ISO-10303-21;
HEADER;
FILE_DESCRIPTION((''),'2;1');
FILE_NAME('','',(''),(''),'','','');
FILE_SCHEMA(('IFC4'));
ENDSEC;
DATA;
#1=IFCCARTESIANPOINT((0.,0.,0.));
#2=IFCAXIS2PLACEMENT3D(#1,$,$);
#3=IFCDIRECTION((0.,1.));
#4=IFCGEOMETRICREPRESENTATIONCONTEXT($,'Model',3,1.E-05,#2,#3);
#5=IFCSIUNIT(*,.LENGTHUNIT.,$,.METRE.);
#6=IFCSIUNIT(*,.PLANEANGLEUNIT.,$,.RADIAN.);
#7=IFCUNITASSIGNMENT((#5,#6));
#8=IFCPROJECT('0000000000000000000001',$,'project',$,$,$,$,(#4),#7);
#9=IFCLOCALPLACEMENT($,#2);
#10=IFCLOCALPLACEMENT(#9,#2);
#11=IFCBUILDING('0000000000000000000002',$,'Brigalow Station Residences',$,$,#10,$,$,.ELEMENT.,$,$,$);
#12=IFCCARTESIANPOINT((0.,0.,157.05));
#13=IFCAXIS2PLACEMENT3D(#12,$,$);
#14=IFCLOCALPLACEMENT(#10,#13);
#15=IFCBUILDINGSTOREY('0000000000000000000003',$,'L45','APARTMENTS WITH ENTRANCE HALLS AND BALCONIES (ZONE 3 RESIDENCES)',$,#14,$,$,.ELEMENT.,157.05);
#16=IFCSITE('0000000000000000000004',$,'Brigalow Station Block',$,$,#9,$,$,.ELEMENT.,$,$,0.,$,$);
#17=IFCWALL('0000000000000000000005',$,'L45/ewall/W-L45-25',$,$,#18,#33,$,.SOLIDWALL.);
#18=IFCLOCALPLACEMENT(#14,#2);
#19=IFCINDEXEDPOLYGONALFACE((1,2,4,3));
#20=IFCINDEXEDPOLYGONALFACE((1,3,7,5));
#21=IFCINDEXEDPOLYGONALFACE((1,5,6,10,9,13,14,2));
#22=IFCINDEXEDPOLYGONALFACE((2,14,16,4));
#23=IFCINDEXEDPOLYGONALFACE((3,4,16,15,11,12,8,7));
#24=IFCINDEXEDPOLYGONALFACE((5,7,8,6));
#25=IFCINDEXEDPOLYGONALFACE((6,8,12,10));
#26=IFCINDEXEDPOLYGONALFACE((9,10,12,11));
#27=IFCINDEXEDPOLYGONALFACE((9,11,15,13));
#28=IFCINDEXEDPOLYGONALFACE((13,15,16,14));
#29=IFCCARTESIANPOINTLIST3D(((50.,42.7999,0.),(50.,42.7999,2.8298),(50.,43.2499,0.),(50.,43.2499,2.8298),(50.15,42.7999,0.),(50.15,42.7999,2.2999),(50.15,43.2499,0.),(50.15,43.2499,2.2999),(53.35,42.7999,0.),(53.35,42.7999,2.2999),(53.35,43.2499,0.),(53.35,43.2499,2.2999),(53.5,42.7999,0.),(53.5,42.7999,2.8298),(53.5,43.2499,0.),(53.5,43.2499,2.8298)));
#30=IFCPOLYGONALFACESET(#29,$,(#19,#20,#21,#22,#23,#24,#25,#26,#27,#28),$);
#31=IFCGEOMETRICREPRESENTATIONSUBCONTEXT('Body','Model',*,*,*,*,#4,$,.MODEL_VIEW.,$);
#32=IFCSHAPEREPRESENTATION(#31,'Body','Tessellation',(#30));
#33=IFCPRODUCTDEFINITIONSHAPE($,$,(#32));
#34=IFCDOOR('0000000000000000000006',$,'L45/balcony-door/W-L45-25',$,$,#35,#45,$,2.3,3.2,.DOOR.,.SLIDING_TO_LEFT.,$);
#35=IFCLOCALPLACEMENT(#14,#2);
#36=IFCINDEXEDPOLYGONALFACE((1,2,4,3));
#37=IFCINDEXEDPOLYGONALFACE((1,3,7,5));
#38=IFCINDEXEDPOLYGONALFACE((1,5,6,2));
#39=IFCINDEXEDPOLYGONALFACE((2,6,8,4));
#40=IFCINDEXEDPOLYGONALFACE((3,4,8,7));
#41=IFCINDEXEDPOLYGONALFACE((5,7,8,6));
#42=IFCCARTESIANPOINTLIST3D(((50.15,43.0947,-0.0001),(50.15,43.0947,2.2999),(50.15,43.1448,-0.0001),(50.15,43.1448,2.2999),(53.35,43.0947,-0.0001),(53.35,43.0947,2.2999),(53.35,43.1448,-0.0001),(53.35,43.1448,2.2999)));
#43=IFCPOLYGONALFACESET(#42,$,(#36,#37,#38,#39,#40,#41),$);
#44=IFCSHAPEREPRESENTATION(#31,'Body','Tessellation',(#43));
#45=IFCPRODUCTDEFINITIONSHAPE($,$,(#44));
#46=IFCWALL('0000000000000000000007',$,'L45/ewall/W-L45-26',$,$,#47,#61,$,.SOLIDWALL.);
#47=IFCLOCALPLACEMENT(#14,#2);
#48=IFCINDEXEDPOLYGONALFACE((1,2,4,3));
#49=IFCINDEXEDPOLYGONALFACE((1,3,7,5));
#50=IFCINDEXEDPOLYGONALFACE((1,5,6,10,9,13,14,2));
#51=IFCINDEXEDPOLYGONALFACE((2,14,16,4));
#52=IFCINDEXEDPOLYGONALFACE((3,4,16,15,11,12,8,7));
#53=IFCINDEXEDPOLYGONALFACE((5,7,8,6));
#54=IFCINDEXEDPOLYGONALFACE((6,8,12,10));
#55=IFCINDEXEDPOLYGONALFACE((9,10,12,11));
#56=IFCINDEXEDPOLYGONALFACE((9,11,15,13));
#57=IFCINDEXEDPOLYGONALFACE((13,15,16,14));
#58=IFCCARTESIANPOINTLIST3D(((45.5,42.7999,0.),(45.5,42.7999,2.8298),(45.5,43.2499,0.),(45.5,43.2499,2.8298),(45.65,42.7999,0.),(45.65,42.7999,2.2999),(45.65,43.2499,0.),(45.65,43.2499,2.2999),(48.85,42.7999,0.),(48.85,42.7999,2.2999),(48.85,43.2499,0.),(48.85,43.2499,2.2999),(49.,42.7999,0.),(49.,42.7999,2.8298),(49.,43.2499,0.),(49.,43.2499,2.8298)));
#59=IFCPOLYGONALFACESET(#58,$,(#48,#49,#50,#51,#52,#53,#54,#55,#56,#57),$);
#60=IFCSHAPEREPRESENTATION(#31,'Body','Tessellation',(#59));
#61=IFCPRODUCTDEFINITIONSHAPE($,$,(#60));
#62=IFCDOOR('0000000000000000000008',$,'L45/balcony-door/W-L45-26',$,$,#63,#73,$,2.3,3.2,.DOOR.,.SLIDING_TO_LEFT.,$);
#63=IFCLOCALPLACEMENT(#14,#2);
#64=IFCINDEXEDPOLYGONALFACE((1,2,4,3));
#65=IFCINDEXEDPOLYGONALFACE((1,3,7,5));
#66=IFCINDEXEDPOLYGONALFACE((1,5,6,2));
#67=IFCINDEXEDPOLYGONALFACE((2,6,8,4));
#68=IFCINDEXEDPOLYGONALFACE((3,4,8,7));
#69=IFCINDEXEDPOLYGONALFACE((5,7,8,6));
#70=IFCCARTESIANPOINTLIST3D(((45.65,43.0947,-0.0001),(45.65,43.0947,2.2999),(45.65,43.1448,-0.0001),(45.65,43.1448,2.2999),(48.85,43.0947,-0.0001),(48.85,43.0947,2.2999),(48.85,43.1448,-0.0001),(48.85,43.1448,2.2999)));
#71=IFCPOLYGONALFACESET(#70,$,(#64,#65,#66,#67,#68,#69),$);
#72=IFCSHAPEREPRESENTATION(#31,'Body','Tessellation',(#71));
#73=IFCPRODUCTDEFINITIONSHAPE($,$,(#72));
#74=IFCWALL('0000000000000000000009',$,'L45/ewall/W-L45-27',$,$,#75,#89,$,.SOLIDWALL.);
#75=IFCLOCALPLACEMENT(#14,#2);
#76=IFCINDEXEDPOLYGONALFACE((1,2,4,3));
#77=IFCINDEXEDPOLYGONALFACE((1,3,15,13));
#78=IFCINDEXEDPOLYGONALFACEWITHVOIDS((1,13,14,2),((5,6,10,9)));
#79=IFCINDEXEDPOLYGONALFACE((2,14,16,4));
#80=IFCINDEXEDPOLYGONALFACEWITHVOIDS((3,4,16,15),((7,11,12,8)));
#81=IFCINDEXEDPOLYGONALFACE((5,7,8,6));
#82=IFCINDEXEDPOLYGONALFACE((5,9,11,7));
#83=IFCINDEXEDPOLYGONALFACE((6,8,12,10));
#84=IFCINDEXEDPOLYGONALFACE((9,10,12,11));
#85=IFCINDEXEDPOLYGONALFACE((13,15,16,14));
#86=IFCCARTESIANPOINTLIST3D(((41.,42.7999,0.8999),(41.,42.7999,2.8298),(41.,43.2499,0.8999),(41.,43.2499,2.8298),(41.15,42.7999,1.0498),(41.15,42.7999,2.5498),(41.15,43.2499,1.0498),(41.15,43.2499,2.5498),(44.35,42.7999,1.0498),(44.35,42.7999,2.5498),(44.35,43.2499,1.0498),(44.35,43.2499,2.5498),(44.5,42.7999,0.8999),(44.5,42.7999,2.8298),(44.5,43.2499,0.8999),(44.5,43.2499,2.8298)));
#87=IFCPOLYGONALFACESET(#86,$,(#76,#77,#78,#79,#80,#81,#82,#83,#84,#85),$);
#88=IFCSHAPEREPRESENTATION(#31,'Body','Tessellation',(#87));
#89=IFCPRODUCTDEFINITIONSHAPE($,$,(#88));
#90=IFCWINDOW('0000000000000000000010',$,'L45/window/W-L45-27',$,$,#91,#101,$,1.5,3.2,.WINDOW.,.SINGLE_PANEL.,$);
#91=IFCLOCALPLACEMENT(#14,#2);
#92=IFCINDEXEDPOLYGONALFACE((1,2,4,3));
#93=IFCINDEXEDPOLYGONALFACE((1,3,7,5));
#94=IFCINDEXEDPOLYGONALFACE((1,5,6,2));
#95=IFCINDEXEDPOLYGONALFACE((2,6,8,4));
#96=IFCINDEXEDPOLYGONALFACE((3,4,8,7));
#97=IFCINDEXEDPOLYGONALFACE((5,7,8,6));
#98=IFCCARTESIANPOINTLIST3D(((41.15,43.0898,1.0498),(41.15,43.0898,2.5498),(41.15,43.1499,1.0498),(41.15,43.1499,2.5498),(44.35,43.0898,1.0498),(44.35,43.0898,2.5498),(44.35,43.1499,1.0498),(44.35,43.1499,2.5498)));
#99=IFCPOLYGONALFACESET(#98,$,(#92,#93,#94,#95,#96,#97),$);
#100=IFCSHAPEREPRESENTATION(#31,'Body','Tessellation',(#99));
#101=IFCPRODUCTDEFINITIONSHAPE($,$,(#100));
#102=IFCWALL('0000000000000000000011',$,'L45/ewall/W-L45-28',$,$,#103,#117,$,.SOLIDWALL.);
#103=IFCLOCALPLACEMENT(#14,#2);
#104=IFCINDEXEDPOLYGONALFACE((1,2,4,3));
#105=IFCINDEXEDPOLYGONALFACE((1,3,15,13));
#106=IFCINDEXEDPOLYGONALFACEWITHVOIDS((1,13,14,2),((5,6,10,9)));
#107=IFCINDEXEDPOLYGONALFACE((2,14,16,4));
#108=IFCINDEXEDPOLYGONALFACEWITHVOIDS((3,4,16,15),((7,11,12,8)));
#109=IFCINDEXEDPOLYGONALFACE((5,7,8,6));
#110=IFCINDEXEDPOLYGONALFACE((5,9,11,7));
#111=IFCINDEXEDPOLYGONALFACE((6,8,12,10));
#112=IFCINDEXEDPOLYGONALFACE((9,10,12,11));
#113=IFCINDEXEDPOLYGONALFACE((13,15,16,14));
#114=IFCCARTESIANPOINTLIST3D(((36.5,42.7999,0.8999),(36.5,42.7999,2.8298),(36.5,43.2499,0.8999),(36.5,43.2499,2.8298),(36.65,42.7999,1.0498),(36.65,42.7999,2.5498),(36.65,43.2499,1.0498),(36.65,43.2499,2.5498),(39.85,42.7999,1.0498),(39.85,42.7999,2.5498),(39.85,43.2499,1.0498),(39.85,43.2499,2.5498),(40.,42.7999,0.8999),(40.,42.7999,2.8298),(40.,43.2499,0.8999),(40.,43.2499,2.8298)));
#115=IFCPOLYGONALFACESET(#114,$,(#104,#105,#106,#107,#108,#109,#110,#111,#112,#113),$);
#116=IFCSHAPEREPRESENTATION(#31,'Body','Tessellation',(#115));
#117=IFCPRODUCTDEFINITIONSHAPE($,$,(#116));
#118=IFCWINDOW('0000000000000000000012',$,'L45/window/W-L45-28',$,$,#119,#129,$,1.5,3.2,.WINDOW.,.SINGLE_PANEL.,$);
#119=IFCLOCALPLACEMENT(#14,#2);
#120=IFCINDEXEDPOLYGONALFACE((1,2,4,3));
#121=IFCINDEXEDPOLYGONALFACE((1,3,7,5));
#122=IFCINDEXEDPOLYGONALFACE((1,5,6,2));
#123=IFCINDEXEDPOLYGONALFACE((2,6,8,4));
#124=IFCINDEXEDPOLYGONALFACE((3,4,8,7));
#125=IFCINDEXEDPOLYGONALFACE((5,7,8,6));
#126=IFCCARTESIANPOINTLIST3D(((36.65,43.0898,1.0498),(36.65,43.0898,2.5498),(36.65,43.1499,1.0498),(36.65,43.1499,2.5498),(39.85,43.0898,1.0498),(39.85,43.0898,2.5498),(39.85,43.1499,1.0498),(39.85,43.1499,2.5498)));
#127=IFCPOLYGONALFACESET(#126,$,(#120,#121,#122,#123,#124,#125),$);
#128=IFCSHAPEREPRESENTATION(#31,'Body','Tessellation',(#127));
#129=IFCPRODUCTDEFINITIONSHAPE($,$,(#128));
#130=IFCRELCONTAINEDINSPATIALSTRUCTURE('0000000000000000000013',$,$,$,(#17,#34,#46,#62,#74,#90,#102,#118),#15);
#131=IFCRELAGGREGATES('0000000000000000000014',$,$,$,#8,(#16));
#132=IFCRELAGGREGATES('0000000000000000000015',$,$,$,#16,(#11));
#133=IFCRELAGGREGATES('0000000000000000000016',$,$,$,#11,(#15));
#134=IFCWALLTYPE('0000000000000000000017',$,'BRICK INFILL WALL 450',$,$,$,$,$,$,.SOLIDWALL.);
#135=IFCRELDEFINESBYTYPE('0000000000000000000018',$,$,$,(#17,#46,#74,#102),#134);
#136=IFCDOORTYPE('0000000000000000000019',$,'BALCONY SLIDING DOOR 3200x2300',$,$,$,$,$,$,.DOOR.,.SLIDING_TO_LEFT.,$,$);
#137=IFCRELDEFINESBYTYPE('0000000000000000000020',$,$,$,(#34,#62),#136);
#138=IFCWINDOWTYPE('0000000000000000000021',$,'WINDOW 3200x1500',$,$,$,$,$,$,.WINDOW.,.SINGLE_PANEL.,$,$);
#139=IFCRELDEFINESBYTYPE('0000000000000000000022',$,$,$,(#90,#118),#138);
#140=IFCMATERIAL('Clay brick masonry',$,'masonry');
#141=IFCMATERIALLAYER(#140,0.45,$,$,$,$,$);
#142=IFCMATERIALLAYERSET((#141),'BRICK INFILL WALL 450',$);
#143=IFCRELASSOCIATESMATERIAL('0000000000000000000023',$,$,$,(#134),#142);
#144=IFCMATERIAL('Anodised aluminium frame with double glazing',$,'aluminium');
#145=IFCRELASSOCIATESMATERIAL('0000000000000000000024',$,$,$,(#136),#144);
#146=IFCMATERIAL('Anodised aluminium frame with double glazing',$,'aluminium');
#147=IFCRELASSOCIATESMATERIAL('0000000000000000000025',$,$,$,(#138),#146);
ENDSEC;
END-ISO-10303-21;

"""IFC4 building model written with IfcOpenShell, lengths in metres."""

from ifc_helpers import new_model, si_unit, direction, frame, frame_2d, origin, place, context, subcontext, project, spatial, rectangle, extrude, material, layer, layer_set, type_object, element, fill, save


model = new_model("IFC4")

# Units and contexts
model_context = context("Model", 3, precision=1e-05, world=origin(), true_north=direction((0.0, 1.0)))
body_context = subcontext(model_context, "Body", "Model", "MODEL_VIEW")
ifc_project = project(units=[si_unit("LENGTHUNIT", "METRE"), si_unit("PLANEANGLEUNIT", "RADIAN")], contexts=[model_context])

# Site, building, storey
site_placement = place(None, origin())
site = spatial("IfcSite", under=ifc_project, at=site_placement, Name="Brigalow Station Block", CompositionType="ELEMENT", RefElevation=0.0)
building_placement = place(site_placement, origin())
building = spatial("IfcBuilding", under=site, at=building_placement, Name="Brigalow Station Residences", CompositionType="ELEMENT")
storey_placement = place(building_placement, frame((0.0, 0.0, 157.05)))
storey = spatial("IfcBuildingStorey", under=building, at=storey_placement, Name="L45", Description="APARTMENTS WITH ENTRANCE HALLS AND BALCONIES (ZONE 3 RESIDENCES)", CompositionType="ELEMENT", Elevation=157.05)

# Walls, openings, doors
ifc_material_1 = material(Name="Clay brick masonry", Category="masonry")
ifc_layer_1 = layer(ifc_material_1, 0.45)
ifc_layer_set_1 = layer_set([ifc_layer_1], Name="BRICK INFILL WALL 450")
wall_type_1 = type_object("IfcWallType", Name="BRICK INFILL WALL 450", PredefinedType="SOLIDWALL", material=ifc_layer_set_1)
wall_1_placement = place(storey_placement, frame((53.5, 43.0249, 0.0), z_axis=(0.0, 0.0, 1.0), x_axis=(-1.0, 0.0, 0.0)))
wall_1 = element("IfcWall", 1, at=wall_1_placement, inside=storey, type_object=wall_type_1, Name="L45/ewall/W-L45-25", PredefinedType="SOLIDWALL", context=body_context, shape_type="SweptSolid", body=[
    extrude(rectangle(XDim=3.5, YDim=0.45, at=frame_2d((1.75, 0.0))), origin(), (0.0, 0.0, 1.0), 2.8298),
])
opening_1_placement = place(wall_1_placement, frame((0.1499, 0.0, 0.0)))
opening_1 = element("IfcOpeningElement", 2, at=opening_1_placement, cuts=wall_1, PredefinedType="OPENING", context=body_context, shape_type="SweptSolid", body=[
    extrude(rectangle(XDim=3.2, YDim=2.3, at=frame_2d((1.6001, 1.1499))), frame((0.0, 0.2349, 0.0), z_axis=(0.0, -1.0, 0.0), x_axis=(1.0, 0.0, 0.0)), (0.0, 0.0, 1.0), 0.47),
])
ifc_material_2 = material(Name="Anodised aluminium frame with double glazing", Category="aluminium")
door_type_1 = type_object("IfcDoorType", Name="BALCONY SLIDING DOOR 3200x2300", OperationType="SLIDING_TO_LEFT", PredefinedType="DOOR", material=ifc_material_2)
door_1_placement = place(opening_1_placement, origin())
door_1 = element("IfcDoor", 3, at=door_1_placement, inside=storey, type_object=door_type_1, Name="L45/balcony-door/W-L45-25", OperationType="SLIDING_TO_LEFT", OverallHeight=2.3, OverallWidth=3.2, PredefinedType="DOOR", context=body_context, shape_type="SweptSolid", body=[
    extrude(rectangle(XDim=3.2, YDim=2.3, at=frame_2d((1.6001, 1.1499))), frame((0.0, -0.0698, 0.0), z_axis=(0.0, -1.0, 0.0), x_axis=(1.0, 0.0, 0.0)), (0.0, 0.0, 1.0), 0.05),
])
fill(opening_1, door_1)
wall_2_placement = place(storey_placement, frame((49.0, 43.0249, 0.0), z_axis=(0.0, 0.0, 1.0), x_axis=(-1.0, 0.0, 0.0)))
wall_2 = element("IfcWall", 4, at=wall_2_placement, inside=storey, type_object=wall_type_1, Name="L45/ewall/W-L45-26", PredefinedType="SOLIDWALL", context=body_context, shape_type="SweptSolid", body=[
    extrude(rectangle(XDim=3.5, YDim=0.45, at=frame_2d((1.75, 0.0))), origin(), (0.0, 0.0, 1.0), 2.8298),
])
opening_2_placement = place(wall_2_placement, frame((0.1499, 0.0, 0.0)))
opening_2 = element("IfcOpeningElement", 5, at=opening_2_placement, cuts=wall_2, PredefinedType="OPENING", context=body_context, shape_type="SweptSolid", body=[
    extrude(rectangle(XDim=3.2, YDim=2.3, at=frame_2d((1.6001, 1.1499))), frame((0.0, 0.2349, 0.0), z_axis=(0.0, -1.0, 0.0), x_axis=(1.0, 0.0, 0.0)), (0.0, 0.0, 1.0), 0.47),
])
door_2_placement = place(opening_2_placement, origin())
door_2 = element("IfcDoor", 6, at=door_2_placement, inside=storey, type_object=door_type_1, Name="L45/balcony-door/W-L45-26", OperationType="SLIDING_TO_LEFT", OverallHeight=2.3, OverallWidth=3.2, PredefinedType="DOOR", context=body_context, shape_type="SweptSolid", body=[
    extrude(rectangle(XDim=3.2, YDim=2.3, at=frame_2d((1.6001, 1.1499))), frame((0.0, -0.0698, 0.0), z_axis=(0.0, -1.0, 0.0), x_axis=(1.0, 0.0, 0.0)), (0.0, 0.0, 1.0), 0.05),
])
fill(opening_2, door_2)

# Walls, openings, windows
wall_3_placement = place(storey_placement, frame((44.5, 43.0249, 0.8999), z_axis=(0.0, 0.0, 1.0), x_axis=(-1.0, 0.0, 0.0)))
wall_3 = element("IfcWall", 7, at=wall_3_placement, inside=storey, type_object=wall_type_1, Name="L45/ewall/W-L45-27", PredefinedType="SOLIDWALL", context=body_context, shape_type="SweptSolid", body=[
    extrude(rectangle(XDim=3.5, YDim=0.45, at=frame_2d((1.75, 0.0))), origin(), (0.0, 0.0, 1.0), 1.9299),
])
opening_3_placement = place(wall_3_placement, frame((0.1499, 0.0, 0.1499)))
opening_3 = element("IfcOpeningElement", 8, at=opening_3_placement, cuts=wall_3, PredefinedType="OPENING", context=body_context, shape_type="SweptSolid", body=[
    extrude(rectangle(XDim=3.2, YDim=1.5, at=frame_2d((1.6001, 0.75))), frame((0.0, 0.2349, 0.0), z_axis=(0.0, -1.0, 0.0), x_axis=(1.0, 0.0, 0.0)), (0.0, 0.0, 1.0), 0.47),
])
ifc_material_3 = material(Name="Anodised aluminium frame with double glazing", Category="aluminium")
window_type = type_object("IfcWindowType", Name="WINDOW 3200x1500", PartitioningType="SINGLE_PANEL", PredefinedType="WINDOW", material=ifc_material_3)
window_1_placement = place(opening_3_placement, origin())
window_1 = element("IfcWindow", 9, at=window_1_placement, inside=storey, type_object=window_type, Name="L45/window/W-L45-27", OverallHeight=1.5, OverallWidth=3.2, PartitioningType="SINGLE_PANEL", PredefinedType="WINDOW", context=body_context, shape_type="SweptSolid", body=[
    extrude(rectangle(XDim=3.2, YDim=1.5, at=frame_2d((1.6001, 0.75))), frame((0.0, -0.0649, 0.0), z_axis=(0.0, -1.0, 0.0), x_axis=(1.0, 0.0, 0.0)), (0.0, 0.0, 1.0), 0.0601),
])
fill(opening_3, window_1)
wall_4_placement = place(storey_placement, frame((40.0, 43.0249, 0.8999), z_axis=(0.0, 0.0, 1.0), x_axis=(-1.0, 0.0, 0.0)))
wall_4 = element("IfcWall", 10, at=wall_4_placement, inside=storey, type_object=wall_type_1, Name="L45/ewall/W-L45-28", PredefinedType="SOLIDWALL", context=body_context, shape_type="SweptSolid", body=[
    extrude(rectangle(XDim=3.5, YDim=0.45, at=frame_2d((1.75, 0.0))), origin(), (0.0, 0.0, 1.0), 1.9299),
])
opening_4_placement = place(wall_4_placement, frame((0.1499, 0.0, 0.1499)))
opening_4 = element("IfcOpeningElement", 11, at=opening_4_placement, cuts=wall_4, PredefinedType="OPENING", context=body_context, shape_type="SweptSolid", body=[
    extrude(rectangle(XDim=3.2, YDim=1.5, at=frame_2d((1.6001, 0.75))), frame((0.0, 0.2349, 0.0), z_axis=(0.0, -1.0, 0.0), x_axis=(1.0, 0.0, 0.0)), (0.0, 0.0, 1.0), 0.47),
])
window_2_placement = place(opening_4_placement, origin())
window_2 = element("IfcWindow", 12, at=window_2_placement, inside=storey, type_object=window_type, Name="L45/window/W-L45-28", OverallHeight=1.5, OverallWidth=3.2, PartitioningType="SINGLE_PANEL", PredefinedType="WINDOW", context=body_context, shape_type="SweptSolid", body=[
    extrude(rectangle(XDim=3.2, YDim=1.5, at=frame_2d((1.6001, 0.75))), frame((0.0, -0.0649, 0.0), z_axis=(0.0, -1.0, 0.0), x_axis=(1.0, 0.0, 0.0)), (0.0, 0.0, 1.0), 0.0601),
])
fill(opening_4, window_2)

save(model, "model.ifc")
